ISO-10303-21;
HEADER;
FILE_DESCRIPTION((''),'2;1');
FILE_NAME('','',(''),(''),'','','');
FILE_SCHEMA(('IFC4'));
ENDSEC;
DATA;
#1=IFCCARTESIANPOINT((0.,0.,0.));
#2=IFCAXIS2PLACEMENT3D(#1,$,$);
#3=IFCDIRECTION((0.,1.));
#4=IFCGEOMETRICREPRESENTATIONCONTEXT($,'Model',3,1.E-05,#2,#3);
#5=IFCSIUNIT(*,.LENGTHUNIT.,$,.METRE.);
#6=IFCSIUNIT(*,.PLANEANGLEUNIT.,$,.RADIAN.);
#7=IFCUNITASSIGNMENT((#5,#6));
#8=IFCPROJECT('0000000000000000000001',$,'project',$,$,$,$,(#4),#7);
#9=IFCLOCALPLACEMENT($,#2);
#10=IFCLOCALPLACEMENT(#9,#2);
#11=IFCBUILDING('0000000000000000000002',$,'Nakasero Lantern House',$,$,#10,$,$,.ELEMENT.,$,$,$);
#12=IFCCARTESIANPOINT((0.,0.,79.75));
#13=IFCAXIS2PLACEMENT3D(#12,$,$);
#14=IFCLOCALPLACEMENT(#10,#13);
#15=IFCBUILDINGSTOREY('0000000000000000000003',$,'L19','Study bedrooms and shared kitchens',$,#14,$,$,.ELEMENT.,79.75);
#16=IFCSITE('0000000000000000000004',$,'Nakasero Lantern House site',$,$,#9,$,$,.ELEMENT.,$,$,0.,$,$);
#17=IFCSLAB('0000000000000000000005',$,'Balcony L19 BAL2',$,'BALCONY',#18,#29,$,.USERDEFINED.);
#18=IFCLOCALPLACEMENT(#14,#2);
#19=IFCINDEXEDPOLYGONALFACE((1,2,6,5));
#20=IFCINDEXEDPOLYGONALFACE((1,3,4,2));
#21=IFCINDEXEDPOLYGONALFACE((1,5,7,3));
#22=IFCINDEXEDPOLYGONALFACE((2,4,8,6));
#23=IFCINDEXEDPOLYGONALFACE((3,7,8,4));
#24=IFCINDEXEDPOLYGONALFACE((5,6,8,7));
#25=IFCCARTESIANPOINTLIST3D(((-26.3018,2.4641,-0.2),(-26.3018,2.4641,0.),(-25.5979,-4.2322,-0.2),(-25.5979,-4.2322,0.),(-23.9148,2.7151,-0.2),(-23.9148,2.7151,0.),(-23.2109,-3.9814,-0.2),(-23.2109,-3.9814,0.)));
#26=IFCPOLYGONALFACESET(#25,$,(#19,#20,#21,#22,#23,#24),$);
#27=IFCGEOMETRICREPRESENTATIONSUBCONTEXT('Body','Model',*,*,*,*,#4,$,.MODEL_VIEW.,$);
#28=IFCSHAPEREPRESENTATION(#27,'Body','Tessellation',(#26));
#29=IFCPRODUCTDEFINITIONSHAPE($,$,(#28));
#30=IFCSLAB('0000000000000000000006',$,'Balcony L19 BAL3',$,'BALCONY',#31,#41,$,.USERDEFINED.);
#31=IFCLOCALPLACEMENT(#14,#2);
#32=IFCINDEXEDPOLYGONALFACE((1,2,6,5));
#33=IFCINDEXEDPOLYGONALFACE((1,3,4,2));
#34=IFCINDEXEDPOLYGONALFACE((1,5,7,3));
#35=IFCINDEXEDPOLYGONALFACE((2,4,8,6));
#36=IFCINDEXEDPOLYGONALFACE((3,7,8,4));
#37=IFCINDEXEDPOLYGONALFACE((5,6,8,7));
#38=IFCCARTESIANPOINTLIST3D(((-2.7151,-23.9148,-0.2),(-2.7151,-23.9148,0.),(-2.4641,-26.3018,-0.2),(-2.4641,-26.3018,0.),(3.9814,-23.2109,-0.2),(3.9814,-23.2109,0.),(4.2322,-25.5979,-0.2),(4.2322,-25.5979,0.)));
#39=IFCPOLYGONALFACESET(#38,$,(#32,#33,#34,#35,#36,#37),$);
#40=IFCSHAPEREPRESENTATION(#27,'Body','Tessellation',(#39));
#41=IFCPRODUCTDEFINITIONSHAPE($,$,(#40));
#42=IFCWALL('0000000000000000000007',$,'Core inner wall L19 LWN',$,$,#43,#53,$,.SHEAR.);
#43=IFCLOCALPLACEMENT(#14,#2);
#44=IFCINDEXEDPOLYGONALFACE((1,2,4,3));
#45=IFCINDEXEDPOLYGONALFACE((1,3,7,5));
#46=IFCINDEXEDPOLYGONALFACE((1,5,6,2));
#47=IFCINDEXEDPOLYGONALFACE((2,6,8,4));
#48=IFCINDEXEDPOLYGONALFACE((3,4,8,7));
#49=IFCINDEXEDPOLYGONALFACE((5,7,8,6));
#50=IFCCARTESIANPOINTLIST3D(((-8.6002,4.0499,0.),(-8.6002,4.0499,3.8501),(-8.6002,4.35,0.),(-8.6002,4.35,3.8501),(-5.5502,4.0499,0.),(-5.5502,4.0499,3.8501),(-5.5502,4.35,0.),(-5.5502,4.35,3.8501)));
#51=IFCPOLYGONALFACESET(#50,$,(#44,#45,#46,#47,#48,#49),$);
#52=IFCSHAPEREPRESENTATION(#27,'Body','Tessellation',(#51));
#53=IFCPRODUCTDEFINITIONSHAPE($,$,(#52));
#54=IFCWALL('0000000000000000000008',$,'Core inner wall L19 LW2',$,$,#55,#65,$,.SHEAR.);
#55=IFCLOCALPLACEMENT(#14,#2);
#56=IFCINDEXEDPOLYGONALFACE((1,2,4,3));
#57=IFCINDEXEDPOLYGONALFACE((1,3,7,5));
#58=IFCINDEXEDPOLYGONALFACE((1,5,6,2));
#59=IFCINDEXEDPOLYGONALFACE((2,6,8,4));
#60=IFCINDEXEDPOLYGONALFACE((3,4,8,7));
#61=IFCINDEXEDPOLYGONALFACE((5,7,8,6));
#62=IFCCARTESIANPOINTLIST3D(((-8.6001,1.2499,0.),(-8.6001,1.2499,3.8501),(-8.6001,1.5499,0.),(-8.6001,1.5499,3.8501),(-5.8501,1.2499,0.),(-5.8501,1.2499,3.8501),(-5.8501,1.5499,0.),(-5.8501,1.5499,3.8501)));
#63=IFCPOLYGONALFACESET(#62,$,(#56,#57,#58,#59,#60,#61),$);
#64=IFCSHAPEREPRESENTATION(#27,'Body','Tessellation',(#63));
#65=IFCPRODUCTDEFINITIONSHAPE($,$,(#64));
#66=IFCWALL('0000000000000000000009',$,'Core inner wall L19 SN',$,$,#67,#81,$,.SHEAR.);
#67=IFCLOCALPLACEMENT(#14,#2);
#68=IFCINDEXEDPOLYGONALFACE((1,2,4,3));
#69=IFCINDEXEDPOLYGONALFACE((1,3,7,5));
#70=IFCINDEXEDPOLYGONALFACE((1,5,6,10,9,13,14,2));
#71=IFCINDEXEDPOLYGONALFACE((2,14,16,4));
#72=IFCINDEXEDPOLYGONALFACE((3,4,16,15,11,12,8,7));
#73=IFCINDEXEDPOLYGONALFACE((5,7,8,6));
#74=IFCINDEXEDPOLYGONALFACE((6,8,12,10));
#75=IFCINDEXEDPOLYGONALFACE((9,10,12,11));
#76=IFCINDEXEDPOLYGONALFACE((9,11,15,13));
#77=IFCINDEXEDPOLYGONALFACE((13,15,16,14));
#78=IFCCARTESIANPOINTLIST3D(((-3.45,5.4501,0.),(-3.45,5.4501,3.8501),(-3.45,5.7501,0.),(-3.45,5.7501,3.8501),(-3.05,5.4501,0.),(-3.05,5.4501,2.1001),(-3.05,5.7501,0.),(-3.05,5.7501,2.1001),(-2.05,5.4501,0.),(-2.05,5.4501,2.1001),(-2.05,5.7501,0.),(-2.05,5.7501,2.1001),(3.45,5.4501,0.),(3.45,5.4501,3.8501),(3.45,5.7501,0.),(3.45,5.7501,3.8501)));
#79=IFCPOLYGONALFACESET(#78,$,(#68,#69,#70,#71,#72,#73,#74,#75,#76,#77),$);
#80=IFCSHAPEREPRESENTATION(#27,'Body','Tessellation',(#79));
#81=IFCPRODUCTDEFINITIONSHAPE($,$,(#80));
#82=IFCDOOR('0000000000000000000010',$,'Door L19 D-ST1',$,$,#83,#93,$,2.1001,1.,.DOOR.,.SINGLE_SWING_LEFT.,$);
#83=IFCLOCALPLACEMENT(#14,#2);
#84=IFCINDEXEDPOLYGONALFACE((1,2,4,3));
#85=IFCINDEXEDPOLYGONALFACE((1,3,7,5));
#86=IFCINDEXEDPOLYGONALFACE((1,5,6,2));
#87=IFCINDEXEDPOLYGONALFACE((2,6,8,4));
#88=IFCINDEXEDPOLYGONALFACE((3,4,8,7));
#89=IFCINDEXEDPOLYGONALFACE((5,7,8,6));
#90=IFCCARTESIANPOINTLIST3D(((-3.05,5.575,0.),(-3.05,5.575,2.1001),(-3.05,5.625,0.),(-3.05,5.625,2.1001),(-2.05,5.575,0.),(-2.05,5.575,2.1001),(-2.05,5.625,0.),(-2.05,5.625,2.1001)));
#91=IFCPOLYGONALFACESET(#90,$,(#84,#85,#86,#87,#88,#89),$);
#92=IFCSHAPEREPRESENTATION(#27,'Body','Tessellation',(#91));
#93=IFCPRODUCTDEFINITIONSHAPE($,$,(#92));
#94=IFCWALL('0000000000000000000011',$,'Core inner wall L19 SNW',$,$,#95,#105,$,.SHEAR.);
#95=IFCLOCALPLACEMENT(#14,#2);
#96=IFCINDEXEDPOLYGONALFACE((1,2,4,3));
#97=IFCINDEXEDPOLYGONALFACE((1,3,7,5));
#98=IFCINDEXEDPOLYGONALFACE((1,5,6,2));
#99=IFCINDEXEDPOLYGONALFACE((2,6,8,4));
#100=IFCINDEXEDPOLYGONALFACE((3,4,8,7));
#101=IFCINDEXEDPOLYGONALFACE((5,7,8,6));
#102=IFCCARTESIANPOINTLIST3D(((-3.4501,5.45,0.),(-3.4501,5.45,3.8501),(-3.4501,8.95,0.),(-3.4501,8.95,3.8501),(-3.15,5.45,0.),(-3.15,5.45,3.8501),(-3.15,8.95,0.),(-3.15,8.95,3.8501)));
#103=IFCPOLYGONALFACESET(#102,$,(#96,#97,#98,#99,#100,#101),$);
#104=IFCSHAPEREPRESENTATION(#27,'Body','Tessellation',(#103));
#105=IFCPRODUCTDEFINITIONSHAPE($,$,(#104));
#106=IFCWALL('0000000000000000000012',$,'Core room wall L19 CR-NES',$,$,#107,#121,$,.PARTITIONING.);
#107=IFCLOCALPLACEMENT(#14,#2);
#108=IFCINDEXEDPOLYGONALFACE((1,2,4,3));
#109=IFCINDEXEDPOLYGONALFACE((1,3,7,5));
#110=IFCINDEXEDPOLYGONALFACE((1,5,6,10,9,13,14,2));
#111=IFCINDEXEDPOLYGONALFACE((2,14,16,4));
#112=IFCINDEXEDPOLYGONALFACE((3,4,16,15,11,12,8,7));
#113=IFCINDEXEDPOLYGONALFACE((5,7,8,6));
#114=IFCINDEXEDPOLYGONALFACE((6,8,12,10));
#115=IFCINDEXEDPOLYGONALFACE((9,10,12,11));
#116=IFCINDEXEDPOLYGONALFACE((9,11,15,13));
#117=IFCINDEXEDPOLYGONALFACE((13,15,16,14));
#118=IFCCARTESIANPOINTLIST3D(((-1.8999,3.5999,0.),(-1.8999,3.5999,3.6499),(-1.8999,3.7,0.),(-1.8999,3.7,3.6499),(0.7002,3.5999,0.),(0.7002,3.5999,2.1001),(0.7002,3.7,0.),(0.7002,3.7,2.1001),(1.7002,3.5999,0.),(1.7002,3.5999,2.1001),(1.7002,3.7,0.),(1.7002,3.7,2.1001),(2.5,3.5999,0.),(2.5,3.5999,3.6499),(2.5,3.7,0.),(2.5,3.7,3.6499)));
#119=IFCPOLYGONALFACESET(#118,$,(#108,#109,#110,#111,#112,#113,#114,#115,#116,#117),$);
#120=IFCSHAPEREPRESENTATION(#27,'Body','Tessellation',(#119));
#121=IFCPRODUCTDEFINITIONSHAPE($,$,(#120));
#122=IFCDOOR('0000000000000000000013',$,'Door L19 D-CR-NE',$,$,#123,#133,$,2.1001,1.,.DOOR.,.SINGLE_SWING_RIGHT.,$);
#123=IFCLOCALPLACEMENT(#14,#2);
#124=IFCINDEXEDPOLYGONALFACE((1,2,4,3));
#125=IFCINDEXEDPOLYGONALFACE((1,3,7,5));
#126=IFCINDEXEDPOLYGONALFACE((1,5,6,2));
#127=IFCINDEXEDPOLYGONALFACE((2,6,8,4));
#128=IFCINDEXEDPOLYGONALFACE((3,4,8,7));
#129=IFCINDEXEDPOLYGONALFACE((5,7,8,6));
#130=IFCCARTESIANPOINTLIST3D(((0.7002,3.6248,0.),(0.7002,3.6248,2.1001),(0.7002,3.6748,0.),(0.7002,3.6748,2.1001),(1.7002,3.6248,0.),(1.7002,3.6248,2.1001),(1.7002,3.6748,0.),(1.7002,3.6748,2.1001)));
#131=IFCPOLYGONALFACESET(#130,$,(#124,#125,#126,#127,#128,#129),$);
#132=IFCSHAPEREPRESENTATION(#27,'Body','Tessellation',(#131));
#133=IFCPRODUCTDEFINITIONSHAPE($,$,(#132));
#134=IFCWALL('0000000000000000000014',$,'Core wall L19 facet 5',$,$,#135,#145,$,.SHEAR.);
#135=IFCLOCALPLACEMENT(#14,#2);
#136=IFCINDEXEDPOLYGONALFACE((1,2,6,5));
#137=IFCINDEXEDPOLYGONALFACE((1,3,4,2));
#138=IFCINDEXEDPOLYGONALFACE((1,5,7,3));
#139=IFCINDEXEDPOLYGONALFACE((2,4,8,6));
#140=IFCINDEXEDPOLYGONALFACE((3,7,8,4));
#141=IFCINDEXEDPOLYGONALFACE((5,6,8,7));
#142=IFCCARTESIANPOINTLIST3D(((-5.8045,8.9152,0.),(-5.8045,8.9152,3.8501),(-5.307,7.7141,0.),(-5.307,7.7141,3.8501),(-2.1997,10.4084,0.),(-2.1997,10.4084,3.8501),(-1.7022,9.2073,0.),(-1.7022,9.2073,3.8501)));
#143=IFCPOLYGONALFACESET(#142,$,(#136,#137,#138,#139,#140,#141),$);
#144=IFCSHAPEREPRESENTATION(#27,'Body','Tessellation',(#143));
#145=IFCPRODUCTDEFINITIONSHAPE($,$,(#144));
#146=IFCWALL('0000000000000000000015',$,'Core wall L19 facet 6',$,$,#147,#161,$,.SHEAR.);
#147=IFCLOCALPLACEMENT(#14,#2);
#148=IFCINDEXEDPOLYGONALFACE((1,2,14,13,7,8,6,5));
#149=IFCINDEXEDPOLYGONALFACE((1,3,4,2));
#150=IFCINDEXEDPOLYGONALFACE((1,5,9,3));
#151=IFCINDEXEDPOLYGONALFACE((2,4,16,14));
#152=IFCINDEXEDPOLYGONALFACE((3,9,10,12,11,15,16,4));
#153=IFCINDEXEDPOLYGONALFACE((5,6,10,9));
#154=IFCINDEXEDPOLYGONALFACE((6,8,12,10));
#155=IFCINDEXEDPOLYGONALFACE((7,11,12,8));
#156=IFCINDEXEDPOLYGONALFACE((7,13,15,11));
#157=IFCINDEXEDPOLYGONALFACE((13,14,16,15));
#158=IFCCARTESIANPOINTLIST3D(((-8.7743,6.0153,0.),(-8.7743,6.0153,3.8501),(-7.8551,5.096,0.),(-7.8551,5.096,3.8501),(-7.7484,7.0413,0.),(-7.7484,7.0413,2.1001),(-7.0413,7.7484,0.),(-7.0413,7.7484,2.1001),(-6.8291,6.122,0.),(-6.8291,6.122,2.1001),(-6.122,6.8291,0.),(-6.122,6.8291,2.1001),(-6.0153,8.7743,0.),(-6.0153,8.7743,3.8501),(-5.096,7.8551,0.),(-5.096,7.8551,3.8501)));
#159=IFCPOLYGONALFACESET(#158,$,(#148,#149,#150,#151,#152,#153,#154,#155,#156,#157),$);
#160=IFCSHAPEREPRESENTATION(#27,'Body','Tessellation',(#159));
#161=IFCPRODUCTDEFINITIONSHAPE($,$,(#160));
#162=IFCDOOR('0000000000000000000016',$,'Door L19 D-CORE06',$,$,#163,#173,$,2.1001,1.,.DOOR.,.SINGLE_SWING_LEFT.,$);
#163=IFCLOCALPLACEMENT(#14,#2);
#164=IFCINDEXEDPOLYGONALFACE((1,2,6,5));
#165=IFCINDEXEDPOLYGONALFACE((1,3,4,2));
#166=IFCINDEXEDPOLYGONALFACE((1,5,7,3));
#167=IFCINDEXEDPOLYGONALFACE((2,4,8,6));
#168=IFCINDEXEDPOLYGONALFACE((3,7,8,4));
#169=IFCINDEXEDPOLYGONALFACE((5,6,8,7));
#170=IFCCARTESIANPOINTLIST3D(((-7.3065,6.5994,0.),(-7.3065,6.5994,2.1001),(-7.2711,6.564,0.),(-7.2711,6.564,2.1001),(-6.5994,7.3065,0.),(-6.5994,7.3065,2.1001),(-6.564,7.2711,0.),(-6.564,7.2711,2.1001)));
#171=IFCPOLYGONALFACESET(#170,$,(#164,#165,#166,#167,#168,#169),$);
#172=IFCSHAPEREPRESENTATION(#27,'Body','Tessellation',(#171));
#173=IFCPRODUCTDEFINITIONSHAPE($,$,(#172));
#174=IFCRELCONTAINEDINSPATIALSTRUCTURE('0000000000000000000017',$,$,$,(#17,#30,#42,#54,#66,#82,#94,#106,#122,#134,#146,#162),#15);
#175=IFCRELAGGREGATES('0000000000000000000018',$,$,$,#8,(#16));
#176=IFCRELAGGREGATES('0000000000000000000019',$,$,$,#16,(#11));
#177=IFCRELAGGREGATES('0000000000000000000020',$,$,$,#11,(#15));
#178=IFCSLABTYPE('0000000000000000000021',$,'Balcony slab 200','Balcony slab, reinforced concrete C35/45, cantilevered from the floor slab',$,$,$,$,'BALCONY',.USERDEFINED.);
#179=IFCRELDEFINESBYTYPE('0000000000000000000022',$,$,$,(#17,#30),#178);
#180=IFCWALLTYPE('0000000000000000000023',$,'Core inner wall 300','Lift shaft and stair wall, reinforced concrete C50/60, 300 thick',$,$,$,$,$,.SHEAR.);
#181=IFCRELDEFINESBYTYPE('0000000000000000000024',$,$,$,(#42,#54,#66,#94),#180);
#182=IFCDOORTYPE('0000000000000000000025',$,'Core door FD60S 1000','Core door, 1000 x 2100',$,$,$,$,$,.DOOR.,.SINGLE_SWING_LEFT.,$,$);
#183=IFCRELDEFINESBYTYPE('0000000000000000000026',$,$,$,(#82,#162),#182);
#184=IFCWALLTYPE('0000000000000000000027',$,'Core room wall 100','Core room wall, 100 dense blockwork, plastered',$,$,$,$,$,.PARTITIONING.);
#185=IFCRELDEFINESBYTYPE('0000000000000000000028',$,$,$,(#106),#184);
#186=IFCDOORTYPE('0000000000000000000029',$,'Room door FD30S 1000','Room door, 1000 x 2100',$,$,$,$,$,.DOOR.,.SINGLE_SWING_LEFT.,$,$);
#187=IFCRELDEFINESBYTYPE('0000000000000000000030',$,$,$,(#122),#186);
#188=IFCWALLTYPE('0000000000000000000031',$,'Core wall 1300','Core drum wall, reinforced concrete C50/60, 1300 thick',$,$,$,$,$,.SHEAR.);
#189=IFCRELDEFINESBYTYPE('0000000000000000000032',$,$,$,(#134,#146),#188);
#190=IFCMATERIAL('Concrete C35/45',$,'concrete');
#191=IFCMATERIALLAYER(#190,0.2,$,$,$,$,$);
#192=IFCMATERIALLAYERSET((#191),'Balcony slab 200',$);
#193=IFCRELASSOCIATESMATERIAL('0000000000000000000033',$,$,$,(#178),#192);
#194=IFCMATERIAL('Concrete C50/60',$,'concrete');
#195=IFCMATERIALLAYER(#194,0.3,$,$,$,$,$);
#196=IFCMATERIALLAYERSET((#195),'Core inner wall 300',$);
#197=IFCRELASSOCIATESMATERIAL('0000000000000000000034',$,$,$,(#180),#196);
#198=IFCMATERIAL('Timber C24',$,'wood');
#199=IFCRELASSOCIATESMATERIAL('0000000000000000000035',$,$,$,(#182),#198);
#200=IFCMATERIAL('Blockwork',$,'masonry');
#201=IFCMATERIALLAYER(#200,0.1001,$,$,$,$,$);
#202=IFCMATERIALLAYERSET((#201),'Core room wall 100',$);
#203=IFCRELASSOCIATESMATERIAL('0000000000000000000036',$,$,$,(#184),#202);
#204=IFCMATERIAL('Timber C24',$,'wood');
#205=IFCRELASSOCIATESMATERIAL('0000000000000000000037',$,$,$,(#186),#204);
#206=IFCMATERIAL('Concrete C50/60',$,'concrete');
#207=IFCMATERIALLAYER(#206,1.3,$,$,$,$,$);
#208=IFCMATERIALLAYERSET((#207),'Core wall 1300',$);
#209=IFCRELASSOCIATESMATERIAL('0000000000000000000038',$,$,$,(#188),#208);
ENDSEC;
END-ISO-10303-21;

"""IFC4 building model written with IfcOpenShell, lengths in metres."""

from ifc_helpers import new_model, si_unit, direction, frame, frame_2d, origin, place, context, subcontext, project, spatial, polyline, rectangle, outline, extrude, material, layer, layer_set, type_object, element, fill, save


model = new_model("IFC4")

# Units and contexts
model_context = context("Model", 3, precision=1e-05, world=origin(), true_north=direction((0.0, 1.0)))
body_context = subcontext(model_context, "Body", "Model", "MODEL_VIEW")
ifc_project = project(units=[si_unit("LENGTHUNIT", "METRE"), si_unit("PLANEANGLEUNIT", "RADIAN")], contexts=[model_context])

# Site, building, storey
site_placement = place(None, origin())
site = spatial("IfcSite", under=ifc_project, at=site_placement, Name="Nakasero Lantern House site", CompositionType="ELEMENT", RefElevation=0.0)
building_placement = place(site_placement, origin())
building = spatial("IfcBuilding", under=site, at=building_placement, Name="Nakasero Lantern House", CompositionType="ELEMENT")
storey_placement = place(building_placement, frame((0.0, 0.0, 79.75)))
storey = spatial("IfcBuildingStorey", under=building, at=storey_placement, Name="L19", Description="Study bedrooms and shared kitchens", CompositionType="ELEMENT", Elevation=79.75)

# Slabs
ifc_material_1 = material(Name="Concrete C35/45", Category="concrete")
ifc_layer_1 = layer(ifc_material_1, 0.2)
ifc_layer_set_1 = layer_set([ifc_layer_1], Name="Balcony slab 200")
slab_type = type_object("IfcSlabType", Name="Balcony slab 200", Description="Balcony slab, reinforced concrete C35/45, cantilevered from the floor slab", ElementType="BALCONY", PredefinedType="USERDEFINED", material=ifc_layer_set_1)
slab_1_placement = place(storey_placement, frame((0.0, 0.0, -0.2)))
element("IfcSlab", 1, at=slab_1_placement, inside=storey, type_object=slab_type, Name="Balcony L19 BAL2", ObjectType="BALCONY", PredefinedType="USERDEFINED", context=body_context, shape_type="SweptSolid", body=[
    extrude(outline(polyline([(-23.9148, 2.7151), (-26.3018, 2.4641), (-25.5979, -4.2322), (-23.2109, -3.9814), (-23.9148, 2.7151)])), origin(), (0.0, 0.0, 1.0), 0.2),
])
slab_2_placement = place(storey_placement, frame((0.0, 0.0, -0.2)))
element("IfcSlab", 2, at=slab_2_placement, inside=storey, type_object=slab_type, Name="Balcony L19 BAL3", ObjectType="BALCONY", PredefinedType="USERDEFINED", context=body_context, shape_type="SweptSolid", body=[
    extrude(outline(polyline([(-2.7151, -23.9148), (-2.4641, -26.3018), (4.2322, -25.5979), (3.9814, -23.2109), (-2.7151, -23.9148)])), origin(), (0.0, 0.0, 1.0), 0.2),
])

# Walls
ifc_material_2 = material(Name="Concrete C50/60", Category="concrete")
ifc_layer_2 = layer(ifc_material_2, 0.3)
ifc_layer_set_2 = layer_set([ifc_layer_2], Name="Core inner wall 300")
wall_type_1 = type_object("IfcWallType", Name="Core inner wall 300", Description="Lift shaft and stair wall, reinforced concrete C50/60, 300 thick", PredefinedType="SHEAR", material=ifc_layer_set_2)
wall_1_placement = place(storey_placement, frame((-8.6001, 4.2, 0.0), z_axis=(0.0, 0.0, 1.0), x_axis=(1.0, 0.0, 0.0)))
element("IfcWall", 3, at=wall_1_placement, inside=storey, type_object=wall_type_1, Name="Core inner wall L19 LWN", PredefinedType="SHEAR", context=body_context, shape_type="SweptSolid", body=[
    extrude(rectangle(XDim=3.05, YDim=0.3, at=frame_2d((1.5249, 0.0))), origin(), (0.0, 0.0, 1.0), 3.8501),
])
wall_2_placement = place(storey_placement, frame((-8.6001, 1.3999, 0.0), z_axis=(0.0, 0.0, 1.0), x_axis=(1.0, 0.0, 0.0)))
element("IfcWall", 4, at=wall_2_placement, inside=storey, type_object=wall_type_1, Name="Core inner wall L19 LW2", PredefinedType="SHEAR", context=body_context, shape_type="SweptSolid", body=[
    extrude(rectangle(XDim=2.75, YDim=0.3, at=frame_2d((1.375, 0.0))), origin(), (0.0, 0.0, 1.0), 3.8501),
])

# Wall, opening, door
wall_3_placement = place(storey_placement, frame((-3.45, 5.6001, 0.0), z_axis=(0.0, 0.0, 1.0), x_axis=(1.0, 0.0, 0.0)))
wall_3 = element("IfcWall", 5, at=wall_3_placement, inside=storey, type_object=wall_type_1, Name="Core inner wall L19 SN", PredefinedType="SHEAR", context=body_context, shape_type="SweptSolid", body=[
    extrude(rectangle(XDim=6.8999, YDim=0.3, at=frame_2d((3.45, 0.0))), origin(), (0.0, 0.0, 1.0), 3.8501),
])
opening_1_placement = place(wall_3_placement, frame((0.3999, 0.0, 0.0)))
opening_1 = element("IfcOpeningElement", 6, at=opening_1_placement, cuts=wall_3, PredefinedType="OPENING", context=body_context, shape_type="SweptSolid", body=[
    extrude(rectangle(XDim=1.0, YDim=2.1001, at=frame_2d((0.5, 1.05))), frame((0.0, 0.1699, 0.0), z_axis=(0.0, -1.0, 0.0), x_axis=(1.0, 0.0, 0.0)), (0.0, 0.0, 1.0), 0.3401),
])
ifc_material_3 = material(Name="Timber C24", Category="wood")
door_type_1 = type_object("IfcDoorType", Name="Core door FD60S 1000", Description="Core door, 1000 x 2100", OperationType="SINGLE_SWING_LEFT", PredefinedType="DOOR", material=ifc_material_3)
door_1_placement = place(opening_1_placement, origin())
door_1 = element("IfcDoor", 7, at=door_1_placement, inside=storey, type_object=door_type_1, Name="Door L19 D-ST1", OperationType="SINGLE_SWING_LEFT", OverallHeight=2.1001, OverallWidth=1.0, PredefinedType="DOOR", context=body_context, shape_type="SweptSolid", body=[
    extrude(rectangle(XDim=1.0, YDim=2.1001, at=frame_2d((0.5, 1.05))), frame((0.0, 0.0249, 0.0), z_axis=(0.0, -1.0, 0.0), x_axis=(1.0, 0.0, 0.0)), (0.0, 0.0, 1.0), 0.05),
])
fill(opening_1, door_1)

# Wall
wall_4_placement = place(storey_placement, frame((-3.3, 5.45, 0.0), z_axis=(0.0, 0.0, 1.0), x_axis=(0.0, 1.0, 0.0)))
element("IfcWall", 8, at=wall_4_placement, inside=storey, type_object=wall_type_1, Name="Core inner wall L19 SNW", PredefinedType="SHEAR", context=body_context, shape_type="SweptSolid", body=[
    extrude(rectangle(XDim=3.5, YDim=0.3, at=frame_2d((1.75, 0.0))), origin(), (0.0, 0.0, 1.0), 3.8501),
])

# Wall, opening, door
ifc_material_4 = material(Name="Blockwork", Category="masonry")
ifc_layer_3 = layer(ifc_material_4, 0.1001)
ifc_layer_set_3 = layer_set([ifc_layer_3], Name="Core room wall 100")
wall_type_2 = type_object("IfcWallType", Name="Core room wall 100", Description="Core room wall, 100 dense blockwork, plastered", PredefinedType="PARTITIONING", material=ifc_layer_set_3)
wall_5_placement = place(storey_placement, frame((-1.8999, 3.6499, 0.0), z_axis=(0.0, 0.0, 1.0), x_axis=(1.0, 0.0, 0.0)))
wall_5 = element("IfcWall", 9, at=wall_5_placement, inside=storey, type_object=wall_type_2, Name="Core room wall L19 CR-NES", PredefinedType="PARTITIONING", context=body_context, shape_type="SweptSolid", body=[
    extrude(rectangle(XDim=4.3999, YDim=0.1001, at=frame_2d((2.2, 0.0))), origin(), (0.0, 0.0, 1.0), 3.6499),
])
opening_2_placement = place(wall_5_placement, frame((2.6001, 0.0, 0.0)))
opening_2 = element("IfcOpeningElement", 10, at=opening_2_placement, cuts=wall_5, PredefinedType="OPENING", context=body_context, shape_type="SweptSolid", body=[
    extrude(rectangle(XDim=1.0, YDim=2.1001, at=frame_2d((0.5, 1.05))), frame((0.0, 0.0701, 0.0), z_axis=(0.0, -1.0, 0.0), x_axis=(1.0, 0.0, 0.0)), (0.0, 0.0, 1.0), 0.1401),
])
ifc_material_5 = material(Name="Timber C24", Category="wood")
door_type_2 = type_object("IfcDoorType", Name="Room door FD30S 1000", Description="Room door, 1000 x 2100", OperationType="SINGLE_SWING_LEFT", PredefinedType="DOOR", material=ifc_material_5)
door_2_placement = place(opening_2_placement, origin())
door_2 = element("IfcDoor", 11, at=door_2_placement, inside=storey, type_object=door_type_2, Name="Door L19 D-CR-NE", OperationType="SINGLE_SWING_RIGHT", OverallHeight=2.1001, OverallWidth=1.0, PredefinedType="DOOR", context=body_context, shape_type="SweptSolid", body=[
    extrude(rectangle(XDim=1.0, YDim=2.1001, at=frame_2d((0.5, 1.05))), frame((0.0, 0.0249, 0.0), z_axis=(0.0, -1.0, 0.0), x_axis=(1.0, 0.0, 0.0)), (0.0, 0.0, 1.0), 0.05),
])
fill(opening_2, door_2)

# Wall
ifc_material_6 = material(Name="Concrete C50/60", Category="concrete")
ifc_layer_4 = layer(ifc_material_6, 1.3)
ifc_layer_set_4 = layer_set([ifc_layer_4], Name="Core wall 1300")
wall_type_3 = type_object("IfcWallType", Name="Core wall 1300", Description="Core drum wall, reinforced concrete C50/60, 1300 thick", PredefinedType="SHEAR", material=ifc_layer_set_4)
wall_6_placement = place(storey_placement, frame((-1.9509, 9.8079, 0.0), z_axis=(0.0, 0.0, 1.0), x_axis=(-0.923877, -0.382691, 0.0)))
element("IfcWall", 12, at=wall_6_placement, inside=storey, type_object=wall_type_3, Name="Core wall L19 facet 5", PredefinedType="SHEAR", context=body_context, shape_type="SweptSolid", body=[
    extrude(rectangle(XDim=3.9019, YDim=1.3, at=frame_2d((1.9509, 0.0))), origin(), (0.0, 0.0, 1.0), 3.8501),
])

# Wall, opening, door
wall_7_placement = place(storey_placement, frame((-5.5557, 8.3147, 0.0), z_axis=(0.0, 0.0, 1.0), x_axis=(-0.707107, -0.707107, 0.0)))
wall_7 = element("IfcWall", 13, at=wall_7_placement, inside=storey, type_object=wall_type_3, Name="Core wall L19 facet 6", PredefinedType="SHEAR", context=body_context, shape_type="SweptSolid", body=[
    extrude(rectangle(XDim=3.9019, YDim=1.3, at=frame_2d((1.9509, 0.0))), origin(), (0.0, 0.0, 1.0), 3.8501),
])
opening_3_placement = place(wall_7_placement, frame((1.4509, 0.0, 0.0)))
opening_3 = element("IfcOpeningElement", 14, at=opening_3_placement, cuts=wall_7, PredefinedType="OPENING", context=body_context, shape_type="SweptSolid", body=[
    extrude(rectangle(XDim=1.0, YDim=2.1001, at=frame_2d((0.5, 1.05))), frame((0.0, 0.6699, 0.0), z_axis=(0.0, -1.0, 0.0), x_axis=(1.0, 0.0, 0.0)), (0.0, 0.0, 1.0), 1.3401),
])
door_3_placement = place(opening_3_placement, origin())
door_3 = element("IfcDoor", 15, at=door_3_placement, inside=storey, type_object=door_type_1, Name="Door L19 D-CORE06", OperationType="SINGLE_SWING_LEFT", OverallHeight=2.1001, OverallWidth=1.0, PredefinedType="DOOR", context=body_context, shape_type="SweptSolid", body=[
    extrude(rectangle(XDim=1.0, YDim=2.1001, at=frame_2d((0.5, 1.05))), frame((0.0, 0.0249, 0.0), z_axis=(0.0, -1.0, 0.0), x_axis=(1.0, 0.0, 0.0)), (0.0, 0.0, 1.0), 0.05),
])
fill(opening_3, door_3)

save(model, "model.ifc")
